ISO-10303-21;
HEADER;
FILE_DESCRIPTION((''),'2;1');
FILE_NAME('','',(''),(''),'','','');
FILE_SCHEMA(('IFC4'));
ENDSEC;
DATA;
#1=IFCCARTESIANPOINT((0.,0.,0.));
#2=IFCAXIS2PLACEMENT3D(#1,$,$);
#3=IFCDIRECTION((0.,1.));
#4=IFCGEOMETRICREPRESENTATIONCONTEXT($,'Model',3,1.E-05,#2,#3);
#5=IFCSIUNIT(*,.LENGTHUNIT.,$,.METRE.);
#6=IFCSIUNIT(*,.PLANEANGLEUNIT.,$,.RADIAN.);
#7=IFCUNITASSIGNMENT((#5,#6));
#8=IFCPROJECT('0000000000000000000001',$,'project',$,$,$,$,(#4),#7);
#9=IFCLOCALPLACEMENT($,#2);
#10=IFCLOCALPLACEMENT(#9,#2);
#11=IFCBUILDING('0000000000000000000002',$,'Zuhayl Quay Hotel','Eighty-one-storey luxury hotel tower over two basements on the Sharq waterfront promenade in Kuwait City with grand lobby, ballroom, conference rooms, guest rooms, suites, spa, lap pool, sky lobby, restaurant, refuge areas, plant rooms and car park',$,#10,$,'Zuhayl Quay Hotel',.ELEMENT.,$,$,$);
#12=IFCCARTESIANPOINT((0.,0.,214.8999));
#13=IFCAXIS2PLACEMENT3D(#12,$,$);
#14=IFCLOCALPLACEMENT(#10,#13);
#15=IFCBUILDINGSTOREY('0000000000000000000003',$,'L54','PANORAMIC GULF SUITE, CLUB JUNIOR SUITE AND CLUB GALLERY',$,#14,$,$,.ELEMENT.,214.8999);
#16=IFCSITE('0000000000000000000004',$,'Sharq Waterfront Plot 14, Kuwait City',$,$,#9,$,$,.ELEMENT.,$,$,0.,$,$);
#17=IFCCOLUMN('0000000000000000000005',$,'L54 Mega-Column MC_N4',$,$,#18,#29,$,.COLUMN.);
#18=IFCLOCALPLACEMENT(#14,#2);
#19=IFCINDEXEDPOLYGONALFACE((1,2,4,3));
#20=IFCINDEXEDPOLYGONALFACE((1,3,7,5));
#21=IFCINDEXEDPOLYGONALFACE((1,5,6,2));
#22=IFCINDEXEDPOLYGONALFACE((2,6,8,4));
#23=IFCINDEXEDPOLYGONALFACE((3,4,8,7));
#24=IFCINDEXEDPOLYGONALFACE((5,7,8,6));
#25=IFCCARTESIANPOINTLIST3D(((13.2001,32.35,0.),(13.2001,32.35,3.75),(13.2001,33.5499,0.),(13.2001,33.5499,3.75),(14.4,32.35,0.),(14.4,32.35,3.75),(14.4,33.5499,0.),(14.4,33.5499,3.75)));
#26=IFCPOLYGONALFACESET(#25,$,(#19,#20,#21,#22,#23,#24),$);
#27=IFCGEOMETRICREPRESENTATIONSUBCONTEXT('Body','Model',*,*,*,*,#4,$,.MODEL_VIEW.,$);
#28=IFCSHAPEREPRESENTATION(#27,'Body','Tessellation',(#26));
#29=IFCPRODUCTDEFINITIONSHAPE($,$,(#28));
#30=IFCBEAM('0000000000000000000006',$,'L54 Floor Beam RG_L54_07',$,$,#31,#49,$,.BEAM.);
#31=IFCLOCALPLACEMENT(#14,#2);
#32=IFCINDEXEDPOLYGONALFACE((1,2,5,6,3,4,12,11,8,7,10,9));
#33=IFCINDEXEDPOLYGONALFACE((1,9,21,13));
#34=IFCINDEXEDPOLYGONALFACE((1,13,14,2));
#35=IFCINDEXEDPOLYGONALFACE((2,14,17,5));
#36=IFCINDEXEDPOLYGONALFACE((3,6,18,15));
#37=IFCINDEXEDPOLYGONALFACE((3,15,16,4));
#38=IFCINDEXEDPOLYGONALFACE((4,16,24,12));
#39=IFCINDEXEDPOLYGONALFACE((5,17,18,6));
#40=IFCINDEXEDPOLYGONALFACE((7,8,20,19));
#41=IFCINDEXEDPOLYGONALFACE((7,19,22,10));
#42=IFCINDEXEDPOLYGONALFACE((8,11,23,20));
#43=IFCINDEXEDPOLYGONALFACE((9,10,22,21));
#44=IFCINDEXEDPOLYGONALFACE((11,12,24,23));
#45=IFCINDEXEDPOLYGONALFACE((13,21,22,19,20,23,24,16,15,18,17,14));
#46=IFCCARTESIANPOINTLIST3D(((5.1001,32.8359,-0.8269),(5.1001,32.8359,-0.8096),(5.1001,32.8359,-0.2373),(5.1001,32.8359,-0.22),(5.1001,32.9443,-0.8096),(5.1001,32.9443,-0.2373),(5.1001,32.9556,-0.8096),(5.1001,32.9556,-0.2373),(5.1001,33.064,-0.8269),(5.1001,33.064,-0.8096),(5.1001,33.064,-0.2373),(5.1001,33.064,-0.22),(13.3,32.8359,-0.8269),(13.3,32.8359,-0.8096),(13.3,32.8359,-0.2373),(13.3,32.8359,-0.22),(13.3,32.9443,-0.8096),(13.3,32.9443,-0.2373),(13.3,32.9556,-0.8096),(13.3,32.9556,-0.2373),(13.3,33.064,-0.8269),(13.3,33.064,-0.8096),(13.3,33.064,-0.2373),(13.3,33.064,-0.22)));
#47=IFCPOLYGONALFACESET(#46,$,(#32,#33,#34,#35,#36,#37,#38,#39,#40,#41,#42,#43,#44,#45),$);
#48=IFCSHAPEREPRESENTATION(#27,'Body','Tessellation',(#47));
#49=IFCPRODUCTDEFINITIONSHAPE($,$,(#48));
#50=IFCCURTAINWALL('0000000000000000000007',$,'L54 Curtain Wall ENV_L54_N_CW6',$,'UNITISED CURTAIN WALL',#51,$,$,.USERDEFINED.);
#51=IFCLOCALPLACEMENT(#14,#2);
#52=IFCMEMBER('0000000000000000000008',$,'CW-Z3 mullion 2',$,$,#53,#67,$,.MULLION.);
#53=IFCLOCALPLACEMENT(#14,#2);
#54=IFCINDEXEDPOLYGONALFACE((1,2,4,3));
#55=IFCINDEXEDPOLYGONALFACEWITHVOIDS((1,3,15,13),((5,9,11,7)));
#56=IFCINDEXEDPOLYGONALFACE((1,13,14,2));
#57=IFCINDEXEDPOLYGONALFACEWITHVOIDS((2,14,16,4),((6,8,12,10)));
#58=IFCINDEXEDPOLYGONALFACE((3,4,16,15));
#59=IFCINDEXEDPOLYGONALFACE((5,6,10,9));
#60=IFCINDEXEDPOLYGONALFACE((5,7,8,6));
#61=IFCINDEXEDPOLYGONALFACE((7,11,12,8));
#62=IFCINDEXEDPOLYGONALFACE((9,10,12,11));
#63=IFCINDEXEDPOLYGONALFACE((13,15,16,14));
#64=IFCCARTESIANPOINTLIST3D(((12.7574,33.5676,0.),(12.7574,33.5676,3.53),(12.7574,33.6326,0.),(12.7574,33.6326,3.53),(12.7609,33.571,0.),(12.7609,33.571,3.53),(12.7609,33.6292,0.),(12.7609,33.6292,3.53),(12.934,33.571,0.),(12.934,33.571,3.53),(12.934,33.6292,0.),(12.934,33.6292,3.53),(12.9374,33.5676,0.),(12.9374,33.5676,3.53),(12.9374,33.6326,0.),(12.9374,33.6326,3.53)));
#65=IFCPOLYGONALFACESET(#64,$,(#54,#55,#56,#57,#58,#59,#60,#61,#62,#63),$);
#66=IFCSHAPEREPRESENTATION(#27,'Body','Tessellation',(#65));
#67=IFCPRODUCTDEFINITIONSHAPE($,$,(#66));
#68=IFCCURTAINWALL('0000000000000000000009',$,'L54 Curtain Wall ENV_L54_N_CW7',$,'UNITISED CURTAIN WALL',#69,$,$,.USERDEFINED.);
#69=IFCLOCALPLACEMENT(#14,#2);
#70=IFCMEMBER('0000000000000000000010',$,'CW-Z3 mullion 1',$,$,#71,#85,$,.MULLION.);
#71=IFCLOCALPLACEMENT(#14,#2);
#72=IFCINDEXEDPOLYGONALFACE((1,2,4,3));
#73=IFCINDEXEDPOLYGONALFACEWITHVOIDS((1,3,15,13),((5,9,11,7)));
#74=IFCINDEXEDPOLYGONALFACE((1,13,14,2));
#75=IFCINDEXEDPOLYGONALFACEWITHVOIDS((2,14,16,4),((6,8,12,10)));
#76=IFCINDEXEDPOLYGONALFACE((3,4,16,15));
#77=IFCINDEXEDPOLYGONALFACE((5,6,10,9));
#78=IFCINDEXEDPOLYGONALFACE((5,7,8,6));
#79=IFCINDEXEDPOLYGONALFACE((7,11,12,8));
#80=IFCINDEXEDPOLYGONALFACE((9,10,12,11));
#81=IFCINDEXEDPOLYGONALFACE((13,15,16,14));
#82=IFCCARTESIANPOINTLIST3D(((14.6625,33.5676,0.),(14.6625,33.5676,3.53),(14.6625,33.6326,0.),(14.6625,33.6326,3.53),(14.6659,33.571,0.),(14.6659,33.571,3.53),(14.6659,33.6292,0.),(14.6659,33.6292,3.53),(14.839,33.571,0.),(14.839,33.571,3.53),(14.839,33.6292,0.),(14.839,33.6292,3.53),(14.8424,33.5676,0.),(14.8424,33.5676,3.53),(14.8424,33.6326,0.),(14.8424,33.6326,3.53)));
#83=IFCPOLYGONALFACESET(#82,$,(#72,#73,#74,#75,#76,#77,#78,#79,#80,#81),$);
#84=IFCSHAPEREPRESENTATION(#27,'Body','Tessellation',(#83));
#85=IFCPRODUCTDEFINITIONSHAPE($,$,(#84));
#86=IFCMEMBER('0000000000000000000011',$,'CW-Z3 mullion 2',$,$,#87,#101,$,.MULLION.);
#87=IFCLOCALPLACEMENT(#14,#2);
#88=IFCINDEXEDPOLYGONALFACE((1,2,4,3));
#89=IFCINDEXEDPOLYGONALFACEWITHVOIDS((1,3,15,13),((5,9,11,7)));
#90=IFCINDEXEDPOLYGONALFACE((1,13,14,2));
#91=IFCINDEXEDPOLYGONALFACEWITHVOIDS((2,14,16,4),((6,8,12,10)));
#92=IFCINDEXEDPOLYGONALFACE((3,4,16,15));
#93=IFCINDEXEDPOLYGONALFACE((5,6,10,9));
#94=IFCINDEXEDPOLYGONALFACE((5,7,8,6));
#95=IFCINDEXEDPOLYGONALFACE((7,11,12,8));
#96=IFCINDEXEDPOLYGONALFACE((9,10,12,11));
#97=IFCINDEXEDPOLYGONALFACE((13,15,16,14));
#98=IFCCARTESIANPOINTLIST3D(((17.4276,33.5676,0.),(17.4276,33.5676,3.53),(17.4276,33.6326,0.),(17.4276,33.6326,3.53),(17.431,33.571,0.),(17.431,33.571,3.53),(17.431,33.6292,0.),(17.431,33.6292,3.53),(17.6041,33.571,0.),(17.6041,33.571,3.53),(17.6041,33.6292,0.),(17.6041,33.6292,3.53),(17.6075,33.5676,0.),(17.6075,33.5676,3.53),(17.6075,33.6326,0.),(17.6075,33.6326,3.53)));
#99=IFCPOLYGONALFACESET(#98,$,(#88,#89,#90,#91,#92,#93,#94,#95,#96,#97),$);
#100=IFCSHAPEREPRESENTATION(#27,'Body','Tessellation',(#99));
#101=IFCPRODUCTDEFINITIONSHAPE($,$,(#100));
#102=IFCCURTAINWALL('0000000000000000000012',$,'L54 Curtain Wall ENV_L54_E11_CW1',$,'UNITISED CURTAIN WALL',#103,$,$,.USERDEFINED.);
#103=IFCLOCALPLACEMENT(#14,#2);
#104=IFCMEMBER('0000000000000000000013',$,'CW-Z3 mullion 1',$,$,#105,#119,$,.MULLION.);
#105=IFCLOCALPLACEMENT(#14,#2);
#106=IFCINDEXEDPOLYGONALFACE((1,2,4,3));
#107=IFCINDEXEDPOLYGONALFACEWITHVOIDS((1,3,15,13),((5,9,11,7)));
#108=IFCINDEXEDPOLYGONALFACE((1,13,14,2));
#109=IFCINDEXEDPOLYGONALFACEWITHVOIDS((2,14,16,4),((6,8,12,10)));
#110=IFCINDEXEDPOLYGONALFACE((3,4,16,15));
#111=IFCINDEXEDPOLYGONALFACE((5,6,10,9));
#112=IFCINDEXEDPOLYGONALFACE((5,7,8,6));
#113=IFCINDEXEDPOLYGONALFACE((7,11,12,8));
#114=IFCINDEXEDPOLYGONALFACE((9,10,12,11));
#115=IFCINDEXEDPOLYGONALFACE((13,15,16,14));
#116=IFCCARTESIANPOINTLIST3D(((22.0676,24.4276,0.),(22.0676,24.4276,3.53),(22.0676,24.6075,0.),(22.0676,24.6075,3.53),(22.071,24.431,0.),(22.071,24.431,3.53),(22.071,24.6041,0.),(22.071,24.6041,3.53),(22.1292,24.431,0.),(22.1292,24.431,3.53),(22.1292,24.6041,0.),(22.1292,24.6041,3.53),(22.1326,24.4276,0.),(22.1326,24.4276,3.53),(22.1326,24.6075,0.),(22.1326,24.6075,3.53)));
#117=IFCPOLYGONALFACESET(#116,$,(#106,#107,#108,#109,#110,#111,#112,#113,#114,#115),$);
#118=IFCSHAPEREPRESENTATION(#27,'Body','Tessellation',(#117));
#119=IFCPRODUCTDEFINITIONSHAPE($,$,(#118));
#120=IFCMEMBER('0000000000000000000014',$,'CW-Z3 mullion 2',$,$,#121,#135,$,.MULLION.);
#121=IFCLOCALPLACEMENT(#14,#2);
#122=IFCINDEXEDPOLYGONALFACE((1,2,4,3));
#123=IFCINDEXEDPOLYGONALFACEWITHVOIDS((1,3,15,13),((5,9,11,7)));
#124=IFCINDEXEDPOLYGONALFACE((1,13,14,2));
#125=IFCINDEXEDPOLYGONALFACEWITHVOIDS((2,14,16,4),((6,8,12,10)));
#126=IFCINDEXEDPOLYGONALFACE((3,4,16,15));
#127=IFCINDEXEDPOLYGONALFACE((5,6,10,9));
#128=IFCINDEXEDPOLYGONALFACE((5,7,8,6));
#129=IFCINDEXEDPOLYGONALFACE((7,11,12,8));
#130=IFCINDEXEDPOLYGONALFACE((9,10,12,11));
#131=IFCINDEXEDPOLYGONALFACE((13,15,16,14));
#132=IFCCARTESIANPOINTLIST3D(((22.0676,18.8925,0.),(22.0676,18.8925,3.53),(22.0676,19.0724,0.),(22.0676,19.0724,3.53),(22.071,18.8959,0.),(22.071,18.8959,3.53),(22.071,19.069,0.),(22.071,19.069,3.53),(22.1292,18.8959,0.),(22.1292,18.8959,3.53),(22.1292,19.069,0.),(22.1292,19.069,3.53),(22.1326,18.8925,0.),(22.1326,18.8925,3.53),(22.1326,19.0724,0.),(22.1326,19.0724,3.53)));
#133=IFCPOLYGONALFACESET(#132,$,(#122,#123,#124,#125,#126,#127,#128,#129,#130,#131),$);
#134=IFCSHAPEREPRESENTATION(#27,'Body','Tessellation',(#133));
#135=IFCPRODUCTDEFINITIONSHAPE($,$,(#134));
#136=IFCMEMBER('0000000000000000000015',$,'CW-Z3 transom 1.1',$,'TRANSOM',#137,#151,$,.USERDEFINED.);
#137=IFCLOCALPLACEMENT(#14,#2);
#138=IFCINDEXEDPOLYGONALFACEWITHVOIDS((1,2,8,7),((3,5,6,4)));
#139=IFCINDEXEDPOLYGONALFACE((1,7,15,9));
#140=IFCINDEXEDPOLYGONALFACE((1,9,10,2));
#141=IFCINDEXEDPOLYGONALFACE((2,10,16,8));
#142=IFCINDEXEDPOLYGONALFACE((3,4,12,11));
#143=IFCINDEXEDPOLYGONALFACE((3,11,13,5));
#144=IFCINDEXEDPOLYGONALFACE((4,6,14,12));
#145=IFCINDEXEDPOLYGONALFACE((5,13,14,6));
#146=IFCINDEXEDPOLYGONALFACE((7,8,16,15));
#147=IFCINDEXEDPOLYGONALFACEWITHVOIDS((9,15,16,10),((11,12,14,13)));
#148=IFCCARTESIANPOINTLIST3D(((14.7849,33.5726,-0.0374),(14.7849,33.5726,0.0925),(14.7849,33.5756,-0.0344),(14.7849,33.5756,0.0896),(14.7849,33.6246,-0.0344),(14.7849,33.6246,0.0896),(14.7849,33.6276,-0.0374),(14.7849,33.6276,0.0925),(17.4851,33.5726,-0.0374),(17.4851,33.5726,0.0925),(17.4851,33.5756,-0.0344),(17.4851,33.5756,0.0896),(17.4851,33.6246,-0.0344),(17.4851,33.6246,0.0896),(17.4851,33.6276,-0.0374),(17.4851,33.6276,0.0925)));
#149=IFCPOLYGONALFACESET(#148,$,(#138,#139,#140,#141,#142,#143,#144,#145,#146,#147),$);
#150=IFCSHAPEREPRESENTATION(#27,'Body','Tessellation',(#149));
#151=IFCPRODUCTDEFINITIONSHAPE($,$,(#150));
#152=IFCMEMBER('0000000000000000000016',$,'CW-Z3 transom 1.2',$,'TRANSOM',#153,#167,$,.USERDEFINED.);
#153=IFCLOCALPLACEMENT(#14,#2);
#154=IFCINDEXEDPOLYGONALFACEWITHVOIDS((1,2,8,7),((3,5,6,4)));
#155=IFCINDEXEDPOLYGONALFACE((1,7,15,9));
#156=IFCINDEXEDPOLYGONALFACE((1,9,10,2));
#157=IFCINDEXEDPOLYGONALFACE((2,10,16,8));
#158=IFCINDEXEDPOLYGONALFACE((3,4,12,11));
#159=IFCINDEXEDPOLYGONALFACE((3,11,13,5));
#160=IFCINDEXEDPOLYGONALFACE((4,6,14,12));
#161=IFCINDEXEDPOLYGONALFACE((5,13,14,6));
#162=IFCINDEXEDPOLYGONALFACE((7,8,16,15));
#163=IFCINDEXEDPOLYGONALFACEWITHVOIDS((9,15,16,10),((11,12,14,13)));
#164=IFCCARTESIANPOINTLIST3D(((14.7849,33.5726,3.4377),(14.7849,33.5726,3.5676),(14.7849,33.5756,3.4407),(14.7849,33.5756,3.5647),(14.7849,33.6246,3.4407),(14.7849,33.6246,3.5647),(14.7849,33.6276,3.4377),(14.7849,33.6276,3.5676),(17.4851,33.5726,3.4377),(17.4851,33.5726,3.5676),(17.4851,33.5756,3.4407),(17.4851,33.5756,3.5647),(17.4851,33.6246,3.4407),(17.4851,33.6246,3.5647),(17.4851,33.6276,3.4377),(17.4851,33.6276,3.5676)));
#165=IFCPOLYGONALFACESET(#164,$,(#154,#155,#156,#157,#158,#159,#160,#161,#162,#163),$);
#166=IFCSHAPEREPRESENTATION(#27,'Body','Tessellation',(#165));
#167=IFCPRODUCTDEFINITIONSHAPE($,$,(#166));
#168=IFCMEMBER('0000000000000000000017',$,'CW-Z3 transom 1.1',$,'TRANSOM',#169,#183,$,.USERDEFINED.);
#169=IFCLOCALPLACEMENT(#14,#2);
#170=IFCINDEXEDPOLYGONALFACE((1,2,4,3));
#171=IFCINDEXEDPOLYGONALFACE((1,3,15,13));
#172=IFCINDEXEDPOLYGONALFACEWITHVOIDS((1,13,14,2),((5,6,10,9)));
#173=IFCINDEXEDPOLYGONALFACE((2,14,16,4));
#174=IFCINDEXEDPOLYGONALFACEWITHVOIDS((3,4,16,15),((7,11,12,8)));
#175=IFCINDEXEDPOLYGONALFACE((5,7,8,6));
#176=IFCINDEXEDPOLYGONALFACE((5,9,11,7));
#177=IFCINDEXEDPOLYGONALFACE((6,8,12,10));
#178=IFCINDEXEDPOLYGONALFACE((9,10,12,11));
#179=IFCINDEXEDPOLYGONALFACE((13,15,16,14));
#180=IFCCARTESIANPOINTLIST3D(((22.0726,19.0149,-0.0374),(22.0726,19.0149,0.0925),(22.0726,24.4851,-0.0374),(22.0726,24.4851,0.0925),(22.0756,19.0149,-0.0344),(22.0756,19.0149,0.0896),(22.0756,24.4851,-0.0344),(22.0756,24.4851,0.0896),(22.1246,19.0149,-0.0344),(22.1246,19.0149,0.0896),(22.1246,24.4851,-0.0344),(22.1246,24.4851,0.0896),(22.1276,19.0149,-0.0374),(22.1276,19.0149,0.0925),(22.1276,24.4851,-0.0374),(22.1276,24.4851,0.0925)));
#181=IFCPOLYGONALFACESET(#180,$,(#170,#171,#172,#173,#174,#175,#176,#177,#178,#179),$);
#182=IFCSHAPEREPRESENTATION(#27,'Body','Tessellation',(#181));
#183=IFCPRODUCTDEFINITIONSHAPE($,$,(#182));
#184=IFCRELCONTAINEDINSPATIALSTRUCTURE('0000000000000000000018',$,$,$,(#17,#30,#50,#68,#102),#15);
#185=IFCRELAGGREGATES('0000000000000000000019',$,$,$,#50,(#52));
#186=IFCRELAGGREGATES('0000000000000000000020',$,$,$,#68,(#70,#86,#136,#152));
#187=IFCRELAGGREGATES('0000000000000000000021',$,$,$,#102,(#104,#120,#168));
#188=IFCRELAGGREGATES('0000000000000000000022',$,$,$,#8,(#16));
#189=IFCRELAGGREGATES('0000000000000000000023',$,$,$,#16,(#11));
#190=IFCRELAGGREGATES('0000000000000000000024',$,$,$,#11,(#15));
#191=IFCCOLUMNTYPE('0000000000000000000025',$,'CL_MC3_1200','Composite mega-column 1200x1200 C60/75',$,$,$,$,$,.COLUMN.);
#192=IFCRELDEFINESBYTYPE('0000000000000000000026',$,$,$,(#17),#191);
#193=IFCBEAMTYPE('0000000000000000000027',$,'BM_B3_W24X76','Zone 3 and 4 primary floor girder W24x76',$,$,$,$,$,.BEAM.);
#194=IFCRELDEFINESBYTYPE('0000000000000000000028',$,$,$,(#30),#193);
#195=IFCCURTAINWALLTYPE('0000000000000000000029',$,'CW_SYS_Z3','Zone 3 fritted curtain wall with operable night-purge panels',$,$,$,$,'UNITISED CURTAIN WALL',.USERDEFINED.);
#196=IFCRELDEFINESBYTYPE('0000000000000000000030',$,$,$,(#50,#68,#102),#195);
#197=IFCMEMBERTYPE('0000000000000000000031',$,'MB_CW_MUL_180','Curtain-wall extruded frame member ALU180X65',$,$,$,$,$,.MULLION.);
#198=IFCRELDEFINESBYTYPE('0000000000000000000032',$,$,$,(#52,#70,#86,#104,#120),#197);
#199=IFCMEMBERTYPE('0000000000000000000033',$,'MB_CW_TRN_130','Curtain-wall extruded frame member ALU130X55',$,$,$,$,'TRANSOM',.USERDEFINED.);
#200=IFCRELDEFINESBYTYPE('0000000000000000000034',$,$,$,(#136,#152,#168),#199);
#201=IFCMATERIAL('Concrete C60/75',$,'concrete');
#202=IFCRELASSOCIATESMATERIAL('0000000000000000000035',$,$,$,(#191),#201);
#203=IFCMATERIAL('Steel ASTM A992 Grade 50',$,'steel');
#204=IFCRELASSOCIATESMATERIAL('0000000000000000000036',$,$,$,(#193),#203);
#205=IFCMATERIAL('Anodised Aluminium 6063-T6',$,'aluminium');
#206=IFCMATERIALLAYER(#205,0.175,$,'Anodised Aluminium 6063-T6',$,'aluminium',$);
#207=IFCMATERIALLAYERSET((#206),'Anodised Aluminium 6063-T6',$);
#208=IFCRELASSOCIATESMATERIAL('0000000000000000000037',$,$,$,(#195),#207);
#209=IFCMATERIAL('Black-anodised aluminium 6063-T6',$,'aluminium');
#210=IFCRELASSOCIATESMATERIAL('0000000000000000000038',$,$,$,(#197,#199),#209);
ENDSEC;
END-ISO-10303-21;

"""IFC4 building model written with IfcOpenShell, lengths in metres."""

from ifc_helpers import new_model, si_unit, direction, frame, origin, origin_2d, place, context, subcontext, project, spatial, rectangle, hollow_rectangle, i_section, extrude, material, layer, layer_set, material_profile, profile_set, type_object, element, aggregate, save


model = new_model("IFC4")

# Units and contexts
model_context = context("Model", 3, precision=1e-05, world=origin(), true_north=direction((0.0, 1.0)))
body_context = subcontext(model_context, "Body", "Model", "MODEL_VIEW")
ifc_project = project(units=[si_unit("LENGTHUNIT", "METRE"), si_unit("PLANEANGLEUNIT", "RADIAN")], contexts=[model_context])

# Site, building, storey
site_placement = place(None, origin())
site = spatial("IfcSite", under=ifc_project, at=site_placement, Name="Sharq Waterfront Plot 14, Kuwait City", CompositionType="ELEMENT", RefElevation=0.0)
building_placement = place(site_placement, origin())
building = spatial("IfcBuilding", under=site, at=building_placement, Name="Zuhayl Quay Hotel", Description="Eighty-one-storey luxury hotel tower over two basements on the Sharq waterfront promenade in Kuwait City with grand lobby, ballroom, conference rooms, guest rooms, suites, spa, lap pool, sky lobby, restaurant, refuge areas, plant rooms and car park", LongName="Zuhayl Quay Hotel", CompositionType="ELEMENT")
storey_placement = place(building_placement, frame((0.0, 0.0, 214.8999)))
storey = spatial("IfcBuildingStorey", under=building, at=storey_placement, Name="L54", Description="PANORAMIC GULF SUITE, CLUB JUNIOR SUITE AND CLUB GALLERY", CompositionType="ELEMENT", Elevation=214.8999)

# Column
ifc_material_1 = material(Name="Concrete C60/75", Category="concrete")
ifc_material_profile_1 = material_profile(ifc_material_1, rectangle(XDim=1.2, YDim=1.2, at=origin_2d()), Name="RC1200X1200")
ifc_profile_set_1 = profile_set([ifc_material_profile_1], Name="Concrete C60/75")
column_type = type_object("IfcColumnType", Name="CL_MC3_1200", Description="Composite mega-column 1200x1200 C60/75", PredefinedType="COLUMN", material=ifc_profile_set_1)
column_placement = place(storey_placement, frame((13.8, 32.95, 0.0), z_axis=(0.0, 0.0, 1.0), x_axis=(1.0, 0.0, 0.0)))
element("IfcColumn", 1, at=column_placement, inside=storey, type_object=column_type, Name="L54 Mega-Column MC_N4", PredefinedType="COLUMN", context=body_context, shape_type="SweptSolid", body=[
    extrude(rectangle(XDim=1.2, YDim=1.2, at=origin_2d()), origin(), (0.0, 0.0, 1.0), 3.75),
])

# Beam
ifc_material_2 = material(Name="Steel ASTM A992 Grade 50", Category="steel")
ifc_material_profile_2 = material_profile(ifc_material_2, i_section(OverallWidth=0.228, OverallDepth=0.6069, WebThickness=0.0112, FlangeThickness=0.0173, at=origin_2d()), Name="W24X76")
ifc_profile_set_2 = profile_set([ifc_material_profile_2], Name="Steel ASTM A992 Grade 50")
beam_type = type_object("IfcBeamType", Name="BM_B3_W24X76", Description="Zone 3 and 4 primary floor girder W24x76", PredefinedType="BEAM", material=ifc_profile_set_2)
beam_placement = place(storey_placement, frame((13.3, 32.95, -0.5234), z_axis=(-1.0, 0.0, 0.0), x_axis=(0.0, -1.0, 0.0)))
element("IfcBeam", 2, at=beam_placement, inside=storey, type_object=beam_type, Name="L54 Floor Beam RG_L54_07", PredefinedType="BEAM", context=body_context, shape_type="SweptSolid", body=[
    extrude(i_section(OverallWidth=0.228, OverallDepth=0.6069, WebThickness=0.0112, FlangeThickness=0.0173, at=origin_2d()), origin(), (0.0, 0.0, 1.0), 8.2),
])

# Curtain wall, member
ifc_material_3 = material(Name="Anodised Aluminium 6063-T6", Category="aluminium")
ifc_layer_1 = layer(ifc_material_3, 0.175, Name="Anodised Aluminium 6063-T6", Category="aluminium")
ifc_layer_set_1 = layer_set([ifc_layer_1], Name="Anodised Aluminium 6063-T6")
curtain_wall_type = type_object("IfcCurtainWallType", Name="CW_SYS_Z3", Description="Zone 3 fritted curtain wall with operable night-purge panels", ElementType="UNITISED CURTAIN WALL", PredefinedType="USERDEFINED", material=ifc_layer_set_1)
curtain_wall_1_placement = place(storey_placement, origin())
curtain_wall_1 = element("IfcCurtainWall", 3, at=curtain_wall_1_placement, inside=storey, type_object=curtain_wall_type, Name="L54 Curtain Wall ENV_L54_N_CW6", ObjectType="UNITISED CURTAIN WALL", PredefinedType="USERDEFINED")
ifc_material_4 = material(Name="Black-anodised aluminium 6063-T6", Category="aluminium")
ifc_material_profile_3 = material_profile(ifc_material_4, hollow_rectangle(XDim=0.0649, YDim=0.1799, WallThickness=0.0034, at=origin_2d()), Name="ALU180X65")
ifc_profile_set_3 = profile_set([ifc_material_profile_3], Name="Black-anodised aluminium 6063-T6")
member_type_1 = type_object("IfcMemberType", Name="MB_CW_MUL_180", Description="Curtain-wall extruded frame member ALU180X65", PredefinedType="MULLION", material=ifc_profile_set_3)
member_1_placement = place(storey_placement, frame((12.8474, 33.6001, 0.0), z_axis=(0.0, 0.0, 1.0), x_axis=(0.0, 1.0, 0.0)))
member_1 = element("IfcMember", 4, at=member_1_placement, type_object=member_type_1, Name="CW-Z3 mullion 2", PredefinedType="MULLION", context=body_context, shape_type="SweptSolid", body=[
    extrude(hollow_rectangle(XDim=0.0649, YDim=0.1799, WallThickness=0.0034, at=origin_2d()), origin(), (0.0, 0.0, 1.0), 3.53),
])

# Curtain walls, members
curtain_wall_2_placement = place(storey_placement, origin())
curtain_wall_2 = element("IfcCurtainWall", 5, at=curtain_wall_2_placement, inside=storey, type_object=curtain_wall_type, Name="L54 Curtain Wall ENV_L54_N_CW7", ObjectType="UNITISED CURTAIN WALL", PredefinedType="USERDEFINED")
member_2_placement = place(storey_placement, frame((14.7524, 33.6001, 0.0), z_axis=(0.0, 0.0, 1.0), x_axis=(0.0, 1.0, 0.0)))
member_2 = element("IfcMember", 6, at=member_2_placement, type_object=member_type_1, Name="CW-Z3 mullion 1", PredefinedType="MULLION", context=body_context, shape_type="SweptSolid", body=[
    extrude(hollow_rectangle(XDim=0.0649, YDim=0.1799, WallThickness=0.0034, at=origin_2d()), origin(), (0.0, 0.0, 1.0), 3.53),
])
member_3_placement = place(storey_placement, frame((17.5176, 33.6001, 0.0), z_axis=(0.0, 0.0, 1.0), x_axis=(0.0, 1.0, 0.0)))
member_3 = element("IfcMember", 7, at=member_3_placement, type_object=member_type_1, Name="CW-Z3 mullion 2", PredefinedType="MULLION", context=body_context, shape_type="SweptSolid", body=[
    extrude(hollow_rectangle(XDim=0.0649, YDim=0.1799, WallThickness=0.0034, at=origin_2d()), origin(), (0.0, 0.0, 1.0), 3.53),
])
curtain_wall_3_placement = place(storey_placement, origin())
curtain_wall_3 = element("IfcCurtainWall", 8, at=curtain_wall_3_placement, inside=storey, type_object=curtain_wall_type, Name="L54 Curtain Wall ENV_L54_E11_CW1", ObjectType="UNITISED CURTAIN WALL", PredefinedType="USERDEFINED")
member_4_placement = place(storey_placement, frame((22.1001, 24.5176, 0.0), z_axis=(0.0, 0.0, 1.0), x_axis=(1.0, 0.0, 0.0)))
member_4 = element("IfcMember", 9, at=member_4_placement, type_object=member_type_1, Name="CW-Z3 mullion 1", PredefinedType="MULLION", context=body_context, shape_type="SweptSolid", body=[
    extrude(hollow_rectangle(XDim=0.0649, YDim=0.1799, WallThickness=0.0034, at=origin_2d()), origin(), (0.0, 0.0, 1.0), 3.53),
])
member_5_placement = place(storey_placement, frame((22.1001, 18.9824, 0.0), z_axis=(0.0, 0.0, 1.0), x_axis=(1.0, 0.0, 0.0)))
member_5 = element("IfcMember", 10, at=member_5_placement, type_object=member_type_1, Name="CW-Z3 mullion 2", PredefinedType="MULLION", context=body_context, shape_type="SweptSolid", body=[
    extrude(hollow_rectangle(XDim=0.0649, YDim=0.1799, WallThickness=0.0034, at=origin_2d()), origin(), (0.0, 0.0, 1.0), 3.53),
])

# Members
ifc_material_profile_4 = material_profile(ifc_material_4, hollow_rectangle(XDim=0.0549, YDim=0.1299, WallThickness=0.0029, at=origin_2d()), Name="ALU130X55")
ifc_profile_set_4 = profile_set([ifc_material_profile_4], Name="Black-anodised aluminium 6063-T6")
member_type_2 = type_object("IfcMemberType", Name="MB_CW_TRN_130", Description="Curtain-wall extruded frame member ALU130X55", ElementType="TRANSOM", PredefinedType="USERDEFINED", material=ifc_profile_set_4)
member_6_placement = place(storey_placement, frame((14.7849, 33.6001, 0.0276), z_axis=(1.0, 0.0, 0.0), x_axis=(0.0, 1.0, 0.0)))
member_6 = element("IfcMember", 11, at=member_6_placement, type_object=member_type_2, Name="CW-Z3 transom 1.1", ObjectType="TRANSOM", PredefinedType="USERDEFINED", context=body_context, shape_type="SweptSolid", body=[
    extrude(hollow_rectangle(XDim=0.0549, YDim=0.1299, WallThickness=0.0029, at=origin_2d()), origin(), (0.0, 0.0, 1.0), 2.7002),
])
member_7_placement = place(storey_placement, frame((14.7849, 33.6001, 3.5027), z_axis=(1.0, 0.0, 0.0), x_axis=(0.0, 1.0, 0.0)))
member_7 = element("IfcMember", 12, at=member_7_placement, type_object=member_type_2, Name="CW-Z3 transom 1.2", ObjectType="TRANSOM", PredefinedType="USERDEFINED", context=body_context, shape_type="SweptSolid", body=[
    extrude(hollow_rectangle(XDim=0.0549, YDim=0.1299, WallThickness=0.0029, at=origin_2d()), origin(), (0.0, 0.0, 1.0), 2.7002),
])
member_8_placement = place(storey_placement, frame((22.1001, 24.4851, 0.0276), z_axis=(0.0, -1.0, 0.0), x_axis=(1.0, 0.0, 0.0)))
member_8 = element("IfcMember", 13, at=member_8_placement, type_object=member_type_2, Name="CW-Z3 transom 1.1", ObjectType="TRANSOM", PredefinedType="USERDEFINED", context=body_context, shape_type="SweptSolid", body=[
    extrude(hollow_rectangle(XDim=0.0549, YDim=0.1299, WallThickness=0.0029, at=origin_2d()), origin(), (0.0, 0.0, 1.0), 5.4702),
])

aggregate(curtain_wall_1, [member_1])
aggregate(curtain_wall_2, [member_2, member_3, member_6, member_7])
aggregate(curtain_wall_3, [member_4, member_5, member_8])

save(model, "model.ifc")
